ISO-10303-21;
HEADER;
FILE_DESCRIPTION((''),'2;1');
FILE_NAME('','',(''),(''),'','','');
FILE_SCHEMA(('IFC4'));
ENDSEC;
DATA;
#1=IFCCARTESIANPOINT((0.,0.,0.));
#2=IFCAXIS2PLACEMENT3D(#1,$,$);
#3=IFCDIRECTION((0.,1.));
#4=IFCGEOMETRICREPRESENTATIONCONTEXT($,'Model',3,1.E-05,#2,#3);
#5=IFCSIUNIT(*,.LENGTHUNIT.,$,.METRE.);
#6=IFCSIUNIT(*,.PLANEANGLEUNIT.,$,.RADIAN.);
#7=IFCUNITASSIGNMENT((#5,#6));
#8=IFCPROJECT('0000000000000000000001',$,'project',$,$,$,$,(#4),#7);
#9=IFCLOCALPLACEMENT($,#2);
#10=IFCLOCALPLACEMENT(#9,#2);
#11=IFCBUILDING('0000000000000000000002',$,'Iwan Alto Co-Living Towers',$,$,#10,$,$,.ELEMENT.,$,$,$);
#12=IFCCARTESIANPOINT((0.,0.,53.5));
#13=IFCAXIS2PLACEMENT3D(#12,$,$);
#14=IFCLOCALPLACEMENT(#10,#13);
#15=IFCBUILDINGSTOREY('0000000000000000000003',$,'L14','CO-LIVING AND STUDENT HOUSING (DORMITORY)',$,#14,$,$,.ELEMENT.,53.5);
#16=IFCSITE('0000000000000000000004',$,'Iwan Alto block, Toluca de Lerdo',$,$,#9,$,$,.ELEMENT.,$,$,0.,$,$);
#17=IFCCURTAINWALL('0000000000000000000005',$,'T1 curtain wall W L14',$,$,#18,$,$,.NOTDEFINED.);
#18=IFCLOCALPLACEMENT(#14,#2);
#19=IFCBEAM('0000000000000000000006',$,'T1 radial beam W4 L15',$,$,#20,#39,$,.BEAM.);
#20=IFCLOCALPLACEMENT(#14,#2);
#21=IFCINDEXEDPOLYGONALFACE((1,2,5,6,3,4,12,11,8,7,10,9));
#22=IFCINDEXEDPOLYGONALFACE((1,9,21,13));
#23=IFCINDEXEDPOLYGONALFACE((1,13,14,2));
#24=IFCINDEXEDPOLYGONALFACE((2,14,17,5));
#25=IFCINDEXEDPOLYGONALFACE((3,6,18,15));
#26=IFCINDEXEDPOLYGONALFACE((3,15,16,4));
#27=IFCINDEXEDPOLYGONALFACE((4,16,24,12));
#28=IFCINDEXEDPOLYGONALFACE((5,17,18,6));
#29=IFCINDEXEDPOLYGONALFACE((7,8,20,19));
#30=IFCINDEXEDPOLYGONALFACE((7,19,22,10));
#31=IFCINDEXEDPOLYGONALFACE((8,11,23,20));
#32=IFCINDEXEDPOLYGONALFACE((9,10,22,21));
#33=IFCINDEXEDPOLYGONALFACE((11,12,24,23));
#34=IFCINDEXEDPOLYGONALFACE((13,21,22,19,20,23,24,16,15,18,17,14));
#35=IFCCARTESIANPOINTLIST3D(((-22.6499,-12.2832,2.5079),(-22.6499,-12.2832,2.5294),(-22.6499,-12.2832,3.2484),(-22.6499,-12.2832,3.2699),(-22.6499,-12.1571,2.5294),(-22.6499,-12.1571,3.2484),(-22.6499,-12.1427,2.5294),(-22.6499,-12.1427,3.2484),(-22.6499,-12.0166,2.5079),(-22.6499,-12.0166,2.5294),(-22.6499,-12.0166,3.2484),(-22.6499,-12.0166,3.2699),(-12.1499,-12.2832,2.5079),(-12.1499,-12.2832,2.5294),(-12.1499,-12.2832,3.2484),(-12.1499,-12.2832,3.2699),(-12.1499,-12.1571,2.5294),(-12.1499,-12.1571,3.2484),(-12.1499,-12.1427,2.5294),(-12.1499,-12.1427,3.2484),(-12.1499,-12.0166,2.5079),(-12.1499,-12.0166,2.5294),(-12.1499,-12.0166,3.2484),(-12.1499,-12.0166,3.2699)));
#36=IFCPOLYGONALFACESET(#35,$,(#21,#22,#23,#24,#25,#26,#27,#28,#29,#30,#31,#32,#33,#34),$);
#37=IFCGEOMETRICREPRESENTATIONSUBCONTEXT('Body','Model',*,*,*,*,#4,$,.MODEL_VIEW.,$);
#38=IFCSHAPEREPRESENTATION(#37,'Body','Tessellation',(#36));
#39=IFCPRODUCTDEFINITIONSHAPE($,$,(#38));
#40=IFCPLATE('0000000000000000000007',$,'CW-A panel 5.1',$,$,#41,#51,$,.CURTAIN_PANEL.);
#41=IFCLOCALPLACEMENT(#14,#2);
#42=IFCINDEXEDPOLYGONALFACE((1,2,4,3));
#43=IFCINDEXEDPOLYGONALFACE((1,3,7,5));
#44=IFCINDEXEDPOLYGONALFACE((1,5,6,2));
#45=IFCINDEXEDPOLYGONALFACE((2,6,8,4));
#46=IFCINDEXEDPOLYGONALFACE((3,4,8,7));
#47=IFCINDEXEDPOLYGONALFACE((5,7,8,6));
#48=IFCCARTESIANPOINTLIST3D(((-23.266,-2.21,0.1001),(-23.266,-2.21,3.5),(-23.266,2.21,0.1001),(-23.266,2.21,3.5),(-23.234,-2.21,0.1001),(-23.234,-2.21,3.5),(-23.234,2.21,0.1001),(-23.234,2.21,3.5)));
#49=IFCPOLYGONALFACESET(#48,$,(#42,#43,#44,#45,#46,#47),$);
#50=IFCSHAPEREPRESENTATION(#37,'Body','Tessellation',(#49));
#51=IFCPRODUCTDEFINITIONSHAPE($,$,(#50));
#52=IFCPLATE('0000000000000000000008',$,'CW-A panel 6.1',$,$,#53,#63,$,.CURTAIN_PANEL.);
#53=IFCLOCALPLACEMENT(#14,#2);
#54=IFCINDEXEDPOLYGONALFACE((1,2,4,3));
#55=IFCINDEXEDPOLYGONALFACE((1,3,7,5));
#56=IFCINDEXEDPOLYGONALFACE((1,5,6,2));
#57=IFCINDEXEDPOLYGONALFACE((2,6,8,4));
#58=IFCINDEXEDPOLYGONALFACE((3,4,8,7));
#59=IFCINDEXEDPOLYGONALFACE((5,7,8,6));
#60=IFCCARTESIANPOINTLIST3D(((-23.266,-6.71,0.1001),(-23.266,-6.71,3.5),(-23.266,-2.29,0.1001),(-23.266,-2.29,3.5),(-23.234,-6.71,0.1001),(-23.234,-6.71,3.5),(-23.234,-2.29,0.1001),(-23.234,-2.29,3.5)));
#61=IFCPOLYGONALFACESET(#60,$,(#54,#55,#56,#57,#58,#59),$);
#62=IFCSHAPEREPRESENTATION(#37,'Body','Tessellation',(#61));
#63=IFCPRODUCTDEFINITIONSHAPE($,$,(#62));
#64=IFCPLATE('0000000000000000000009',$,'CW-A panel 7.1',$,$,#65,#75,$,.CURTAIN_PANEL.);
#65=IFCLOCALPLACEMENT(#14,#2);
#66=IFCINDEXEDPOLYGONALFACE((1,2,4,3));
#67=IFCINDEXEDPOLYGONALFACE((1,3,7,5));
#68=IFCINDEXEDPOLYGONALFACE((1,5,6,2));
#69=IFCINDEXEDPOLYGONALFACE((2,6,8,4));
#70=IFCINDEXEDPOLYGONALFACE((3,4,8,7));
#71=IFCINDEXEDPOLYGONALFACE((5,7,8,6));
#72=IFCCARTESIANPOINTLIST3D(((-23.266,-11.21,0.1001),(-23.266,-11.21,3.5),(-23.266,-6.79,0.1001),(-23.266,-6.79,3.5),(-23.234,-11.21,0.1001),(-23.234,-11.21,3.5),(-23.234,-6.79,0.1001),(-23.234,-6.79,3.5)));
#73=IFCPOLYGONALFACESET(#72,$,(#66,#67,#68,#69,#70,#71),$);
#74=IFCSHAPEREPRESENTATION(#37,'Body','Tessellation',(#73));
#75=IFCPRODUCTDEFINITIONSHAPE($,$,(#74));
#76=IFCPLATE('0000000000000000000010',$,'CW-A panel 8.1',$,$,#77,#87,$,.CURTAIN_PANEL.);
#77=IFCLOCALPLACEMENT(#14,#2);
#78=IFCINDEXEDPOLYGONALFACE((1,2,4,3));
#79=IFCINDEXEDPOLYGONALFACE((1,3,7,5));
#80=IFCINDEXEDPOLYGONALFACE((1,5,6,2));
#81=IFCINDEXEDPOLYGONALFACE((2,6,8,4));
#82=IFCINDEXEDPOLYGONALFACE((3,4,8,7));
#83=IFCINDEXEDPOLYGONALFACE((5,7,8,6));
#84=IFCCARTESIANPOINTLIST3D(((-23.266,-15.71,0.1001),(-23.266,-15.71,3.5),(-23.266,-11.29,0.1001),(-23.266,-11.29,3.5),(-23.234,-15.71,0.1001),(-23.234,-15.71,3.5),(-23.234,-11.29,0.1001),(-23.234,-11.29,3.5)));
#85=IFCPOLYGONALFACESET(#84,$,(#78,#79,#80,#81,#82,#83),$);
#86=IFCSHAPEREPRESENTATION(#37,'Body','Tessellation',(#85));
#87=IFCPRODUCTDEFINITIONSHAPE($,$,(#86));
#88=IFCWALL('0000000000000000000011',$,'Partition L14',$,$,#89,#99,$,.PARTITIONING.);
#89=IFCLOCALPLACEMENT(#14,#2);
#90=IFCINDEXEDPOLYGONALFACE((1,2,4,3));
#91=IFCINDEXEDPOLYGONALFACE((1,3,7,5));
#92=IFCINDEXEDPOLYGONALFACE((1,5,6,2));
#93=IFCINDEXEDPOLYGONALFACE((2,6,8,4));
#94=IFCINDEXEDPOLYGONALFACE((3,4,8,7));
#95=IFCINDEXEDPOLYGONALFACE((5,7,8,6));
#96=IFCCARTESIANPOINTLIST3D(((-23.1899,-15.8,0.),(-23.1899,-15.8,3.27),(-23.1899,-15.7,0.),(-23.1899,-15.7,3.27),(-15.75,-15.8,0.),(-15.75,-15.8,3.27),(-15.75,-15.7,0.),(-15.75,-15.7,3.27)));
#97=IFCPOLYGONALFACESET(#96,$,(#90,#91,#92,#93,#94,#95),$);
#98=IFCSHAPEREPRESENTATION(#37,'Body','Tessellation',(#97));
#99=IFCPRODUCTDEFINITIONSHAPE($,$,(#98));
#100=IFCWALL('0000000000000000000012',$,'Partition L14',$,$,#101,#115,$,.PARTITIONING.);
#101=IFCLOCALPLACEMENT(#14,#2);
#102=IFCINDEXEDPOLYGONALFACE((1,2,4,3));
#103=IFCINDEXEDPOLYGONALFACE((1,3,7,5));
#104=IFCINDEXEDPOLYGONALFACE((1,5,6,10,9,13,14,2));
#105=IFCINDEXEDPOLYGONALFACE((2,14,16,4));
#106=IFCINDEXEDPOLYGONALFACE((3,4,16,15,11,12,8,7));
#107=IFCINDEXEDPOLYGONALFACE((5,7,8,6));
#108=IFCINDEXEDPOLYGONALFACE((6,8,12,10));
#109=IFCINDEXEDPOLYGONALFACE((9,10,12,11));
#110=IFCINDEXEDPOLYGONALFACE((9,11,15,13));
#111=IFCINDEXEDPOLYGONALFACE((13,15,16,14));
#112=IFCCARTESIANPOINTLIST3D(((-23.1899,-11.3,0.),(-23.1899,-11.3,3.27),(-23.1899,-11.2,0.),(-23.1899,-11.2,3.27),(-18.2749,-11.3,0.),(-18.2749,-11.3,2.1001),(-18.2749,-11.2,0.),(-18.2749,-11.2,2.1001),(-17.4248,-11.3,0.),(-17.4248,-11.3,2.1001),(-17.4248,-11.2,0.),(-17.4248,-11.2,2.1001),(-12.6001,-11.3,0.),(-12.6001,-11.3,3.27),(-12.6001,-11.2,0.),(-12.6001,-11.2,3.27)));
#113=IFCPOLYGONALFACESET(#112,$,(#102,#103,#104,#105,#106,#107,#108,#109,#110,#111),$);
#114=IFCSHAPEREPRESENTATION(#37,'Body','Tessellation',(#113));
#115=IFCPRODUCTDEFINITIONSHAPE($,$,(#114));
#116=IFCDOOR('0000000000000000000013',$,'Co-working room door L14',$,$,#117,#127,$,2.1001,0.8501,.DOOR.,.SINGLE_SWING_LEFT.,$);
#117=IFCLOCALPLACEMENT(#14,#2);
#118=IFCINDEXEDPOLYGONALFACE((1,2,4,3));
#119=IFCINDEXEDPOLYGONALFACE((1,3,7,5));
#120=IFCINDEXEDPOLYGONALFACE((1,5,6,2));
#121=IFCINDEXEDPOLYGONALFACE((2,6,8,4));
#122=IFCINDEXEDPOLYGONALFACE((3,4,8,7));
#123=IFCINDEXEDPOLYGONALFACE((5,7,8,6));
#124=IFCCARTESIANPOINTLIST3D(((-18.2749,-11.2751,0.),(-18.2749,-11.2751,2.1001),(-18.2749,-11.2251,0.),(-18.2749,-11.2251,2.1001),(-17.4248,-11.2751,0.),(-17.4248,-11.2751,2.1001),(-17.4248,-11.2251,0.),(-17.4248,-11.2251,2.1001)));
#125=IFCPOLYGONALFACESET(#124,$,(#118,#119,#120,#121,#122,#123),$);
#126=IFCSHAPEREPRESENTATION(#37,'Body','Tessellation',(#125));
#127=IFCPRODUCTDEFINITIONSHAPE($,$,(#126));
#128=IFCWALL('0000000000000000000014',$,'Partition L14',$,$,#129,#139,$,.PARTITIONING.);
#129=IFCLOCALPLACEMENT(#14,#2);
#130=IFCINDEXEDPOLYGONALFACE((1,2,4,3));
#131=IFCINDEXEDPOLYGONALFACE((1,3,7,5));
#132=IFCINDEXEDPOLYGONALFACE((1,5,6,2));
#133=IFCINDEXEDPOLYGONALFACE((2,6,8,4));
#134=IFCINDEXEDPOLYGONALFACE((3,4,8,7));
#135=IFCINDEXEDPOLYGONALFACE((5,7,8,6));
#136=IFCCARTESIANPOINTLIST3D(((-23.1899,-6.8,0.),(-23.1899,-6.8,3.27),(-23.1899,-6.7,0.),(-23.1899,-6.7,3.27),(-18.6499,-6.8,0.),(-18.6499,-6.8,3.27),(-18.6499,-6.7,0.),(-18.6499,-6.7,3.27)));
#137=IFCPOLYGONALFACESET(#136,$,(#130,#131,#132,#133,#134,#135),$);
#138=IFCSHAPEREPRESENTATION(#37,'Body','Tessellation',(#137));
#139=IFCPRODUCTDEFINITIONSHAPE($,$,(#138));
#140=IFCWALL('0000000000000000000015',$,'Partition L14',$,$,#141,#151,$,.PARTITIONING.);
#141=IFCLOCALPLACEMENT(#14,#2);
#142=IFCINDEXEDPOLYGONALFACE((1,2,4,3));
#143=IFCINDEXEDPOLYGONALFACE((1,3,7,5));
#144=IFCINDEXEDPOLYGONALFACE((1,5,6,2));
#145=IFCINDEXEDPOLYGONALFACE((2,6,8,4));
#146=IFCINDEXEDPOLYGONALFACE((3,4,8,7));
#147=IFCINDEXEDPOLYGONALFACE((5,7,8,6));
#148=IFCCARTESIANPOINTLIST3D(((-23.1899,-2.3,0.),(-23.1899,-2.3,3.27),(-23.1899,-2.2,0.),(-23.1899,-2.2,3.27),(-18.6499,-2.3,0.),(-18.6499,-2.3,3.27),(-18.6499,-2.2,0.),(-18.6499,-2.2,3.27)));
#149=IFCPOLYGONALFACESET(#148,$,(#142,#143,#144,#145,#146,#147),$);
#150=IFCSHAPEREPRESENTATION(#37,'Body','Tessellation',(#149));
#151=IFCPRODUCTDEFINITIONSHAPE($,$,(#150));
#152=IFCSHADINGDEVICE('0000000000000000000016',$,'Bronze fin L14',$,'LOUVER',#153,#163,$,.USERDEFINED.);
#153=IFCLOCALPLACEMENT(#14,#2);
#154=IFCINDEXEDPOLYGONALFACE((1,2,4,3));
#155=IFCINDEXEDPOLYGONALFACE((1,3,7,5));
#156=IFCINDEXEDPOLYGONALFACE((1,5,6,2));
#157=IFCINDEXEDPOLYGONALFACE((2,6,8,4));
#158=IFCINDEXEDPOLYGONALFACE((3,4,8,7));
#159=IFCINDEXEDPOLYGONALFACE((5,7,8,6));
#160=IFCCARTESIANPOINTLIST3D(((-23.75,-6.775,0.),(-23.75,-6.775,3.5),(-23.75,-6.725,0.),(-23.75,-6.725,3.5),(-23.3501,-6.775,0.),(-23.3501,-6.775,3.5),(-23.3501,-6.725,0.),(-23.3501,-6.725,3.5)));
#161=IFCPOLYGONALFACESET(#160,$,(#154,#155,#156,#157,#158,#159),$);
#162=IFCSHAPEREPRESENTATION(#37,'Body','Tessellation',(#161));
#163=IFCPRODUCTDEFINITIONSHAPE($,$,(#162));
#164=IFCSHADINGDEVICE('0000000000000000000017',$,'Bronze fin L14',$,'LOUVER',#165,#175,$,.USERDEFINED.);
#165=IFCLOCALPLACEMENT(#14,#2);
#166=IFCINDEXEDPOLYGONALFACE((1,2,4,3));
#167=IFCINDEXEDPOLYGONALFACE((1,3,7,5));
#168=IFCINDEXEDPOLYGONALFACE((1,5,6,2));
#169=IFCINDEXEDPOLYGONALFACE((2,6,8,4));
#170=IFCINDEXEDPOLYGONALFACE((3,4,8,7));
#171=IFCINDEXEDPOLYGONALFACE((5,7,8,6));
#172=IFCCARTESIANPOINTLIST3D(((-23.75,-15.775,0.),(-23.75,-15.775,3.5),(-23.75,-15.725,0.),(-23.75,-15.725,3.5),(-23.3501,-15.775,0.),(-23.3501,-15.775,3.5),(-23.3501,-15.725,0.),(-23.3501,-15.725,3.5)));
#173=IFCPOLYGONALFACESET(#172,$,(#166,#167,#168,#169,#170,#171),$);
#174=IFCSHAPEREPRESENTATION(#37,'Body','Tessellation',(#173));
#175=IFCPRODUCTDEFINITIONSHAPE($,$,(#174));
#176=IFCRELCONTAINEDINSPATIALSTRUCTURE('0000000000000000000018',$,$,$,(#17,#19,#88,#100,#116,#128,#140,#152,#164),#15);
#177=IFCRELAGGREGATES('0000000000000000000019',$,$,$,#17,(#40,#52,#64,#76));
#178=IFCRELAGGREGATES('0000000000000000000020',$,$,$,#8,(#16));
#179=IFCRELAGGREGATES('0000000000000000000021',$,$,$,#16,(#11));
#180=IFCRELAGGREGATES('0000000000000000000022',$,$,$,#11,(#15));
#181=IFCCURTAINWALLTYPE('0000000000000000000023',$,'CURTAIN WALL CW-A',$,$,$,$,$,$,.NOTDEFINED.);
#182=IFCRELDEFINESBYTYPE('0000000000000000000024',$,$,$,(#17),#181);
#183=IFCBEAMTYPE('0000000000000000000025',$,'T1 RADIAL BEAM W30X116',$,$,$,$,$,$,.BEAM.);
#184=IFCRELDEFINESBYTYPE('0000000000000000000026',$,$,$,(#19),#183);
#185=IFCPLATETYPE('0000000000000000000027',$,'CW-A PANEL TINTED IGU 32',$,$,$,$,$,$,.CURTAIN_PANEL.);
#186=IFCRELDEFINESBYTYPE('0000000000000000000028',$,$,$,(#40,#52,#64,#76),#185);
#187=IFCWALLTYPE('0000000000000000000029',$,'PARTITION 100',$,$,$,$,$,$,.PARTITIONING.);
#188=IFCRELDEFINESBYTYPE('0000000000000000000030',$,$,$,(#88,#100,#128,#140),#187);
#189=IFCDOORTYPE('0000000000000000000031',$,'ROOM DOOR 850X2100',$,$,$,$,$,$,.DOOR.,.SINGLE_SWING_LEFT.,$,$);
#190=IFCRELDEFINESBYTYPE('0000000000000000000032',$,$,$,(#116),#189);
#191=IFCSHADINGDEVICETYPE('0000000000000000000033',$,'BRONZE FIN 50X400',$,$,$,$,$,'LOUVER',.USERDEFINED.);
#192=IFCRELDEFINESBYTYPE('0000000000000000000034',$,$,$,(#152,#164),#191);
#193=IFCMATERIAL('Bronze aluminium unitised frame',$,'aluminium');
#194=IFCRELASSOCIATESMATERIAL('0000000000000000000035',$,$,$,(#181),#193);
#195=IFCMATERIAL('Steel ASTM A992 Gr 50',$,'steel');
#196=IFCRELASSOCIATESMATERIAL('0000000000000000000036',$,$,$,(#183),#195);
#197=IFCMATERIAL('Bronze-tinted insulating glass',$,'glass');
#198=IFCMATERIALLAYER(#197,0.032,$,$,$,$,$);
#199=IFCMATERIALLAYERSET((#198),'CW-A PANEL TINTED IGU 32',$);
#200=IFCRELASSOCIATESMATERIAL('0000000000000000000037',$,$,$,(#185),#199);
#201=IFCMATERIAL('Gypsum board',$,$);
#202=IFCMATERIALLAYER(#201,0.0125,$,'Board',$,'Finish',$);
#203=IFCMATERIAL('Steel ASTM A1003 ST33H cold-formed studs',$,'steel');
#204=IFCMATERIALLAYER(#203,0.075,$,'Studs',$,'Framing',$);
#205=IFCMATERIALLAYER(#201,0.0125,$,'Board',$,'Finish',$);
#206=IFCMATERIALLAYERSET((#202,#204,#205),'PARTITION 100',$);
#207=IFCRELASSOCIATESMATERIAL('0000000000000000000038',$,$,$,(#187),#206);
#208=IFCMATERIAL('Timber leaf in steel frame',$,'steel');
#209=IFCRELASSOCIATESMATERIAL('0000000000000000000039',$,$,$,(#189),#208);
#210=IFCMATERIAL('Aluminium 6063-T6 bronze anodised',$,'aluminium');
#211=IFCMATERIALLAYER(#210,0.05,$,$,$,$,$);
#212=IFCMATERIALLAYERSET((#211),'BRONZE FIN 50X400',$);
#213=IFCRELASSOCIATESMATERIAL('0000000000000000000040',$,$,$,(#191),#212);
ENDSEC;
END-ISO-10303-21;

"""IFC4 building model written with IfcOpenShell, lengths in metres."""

from ifc_helpers import new_model, si_unit, direction, frame, frame_2d, origin, origin_2d, place, context, subcontext, project, spatial, rectangle, i_section, extrude, material, layer, layer_set, material_profile, profile_set, type_object, element, fill, aggregate, save


model = new_model("IFC4")

# Units and contexts
model_context = context("Model", 3, precision=1e-05, world=origin(), true_north=direction((0.0, 1.0)))
body_context = subcontext(model_context, "Body", "Model", "MODEL_VIEW")
ifc_project = project(units=[si_unit("LENGTHUNIT", "METRE"), si_unit("PLANEANGLEUNIT", "RADIAN")], contexts=[model_context])

# Site, building, storey
site_placement = place(None, origin())
site = spatial("IfcSite", under=ifc_project, at=site_placement, Name="Iwan Alto block, Toluca de Lerdo", CompositionType="ELEMENT", RefElevation=0.0)
building_placement = place(site_placement, origin())
building = spatial("IfcBuilding", under=site, at=building_placement, Name="Iwan Alto Co-Living Towers", CompositionType="ELEMENT")
storey_placement = place(building_placement, frame((0.0, 0.0, 53.5)))
storey = spatial("IfcBuildingStorey", under=building, at=storey_placement, Name="L14", Description="CO-LIVING AND STUDENT HOUSING (DORMITORY)", CompositionType="ELEMENT", Elevation=53.5)

# Curtain wall
ifc_material_1 = material(Name="Bronze aluminium unitised frame", Category="aluminium")
curtain_wall_type = type_object("IfcCurtainWallType", Name="CURTAIN WALL CW-A", PredefinedType="NOTDEFINED", material=ifc_material_1)
curtain_wall_placement = place(storey_placement, origin())
curtain_wall = element("IfcCurtainWall", 1, at=curtain_wall_placement, inside=storey, type_object=curtain_wall_type, Name="T1 curtain wall W L14", PredefinedType="NOTDEFINED")

# Beam
ifc_material_2 = material(Name="Steel ASTM A992 Gr 50", Category="steel")
ifc_material_profile_1 = material_profile(ifc_material_2, i_section(OverallWidth=0.2666, OverallDepth=0.762, WebThickness=0.0144, FlangeThickness=0.0215, at=origin_2d()), Name="W30X116")
ifc_profile_set_1 = profile_set([ifc_material_profile_1], Name="Steel ASTM A992 Gr 50")
beam_type_1 = type_object("IfcBeamType", Name="T1 RADIAL BEAM W30X116", PredefinedType="BEAM", material=ifc_profile_set_1)
beam_1_placement = place(storey_placement, frame((-22.6499, -12.1499, 2.8889), z_axis=(1.0, 0.0, 0.0), x_axis=(0.0, 1.0, 0.0)))
element("IfcBeam", 2, at=beam_1_placement, inside=storey, type_object=beam_type_1, Name="T1 radial beam W4 L15", PredefinedType="BEAM", context=body_context, shape_type="SweptSolid", body=[
    extrude(i_section(OverallWidth=0.2666, OverallDepth=0.762, WebThickness=0.0144, FlangeThickness=0.0215, at=origin_2d()), origin(), (0.0, 0.0, 1.0), 10.5),
])

# Plates
ifc_material_3 = material(Name="Bronze-tinted insulating glass", Category="glass")
ifc_layer_1 = layer(ifc_material_3, 0.032)
ifc_layer_set_1 = layer_set([ifc_layer_1], Name="CW-A PANEL TINTED IGU 32")
plate_type = type_object("IfcPlateType", Name="CW-A PANEL TINTED IGU 32", PredefinedType="CURTAIN_PANEL", material=ifc_layer_set_1)
plate_1_placement = place(storey_placement, frame((-23.25, 0.0, 0.1001), z_axis=(0.0, 0.0, 1.0), x_axis=(0.0, -1.0, 0.0)))
plate_1 = element("IfcPlate", 3, at=plate_1_placement, type_object=plate_type, Name="CW-A panel 5.1", PredefinedType="CURTAIN_PANEL", context=body_context, shape_type="SweptSolid", body=[
    extrude(rectangle(XDim=4.4199, YDim=0.032, at=origin_2d()), origin(), (0.0, 0.0, 1.0), 3.3999),
])
plate_2_placement = place(storey_placement, frame((-23.25, -4.5, 0.1001), z_axis=(0.0, 0.0, 1.0), x_axis=(0.0, -1.0, 0.0)))
plate_2 = element("IfcPlate", 4, at=plate_2_placement, type_object=plate_type, Name="CW-A panel 6.1", PredefinedType="CURTAIN_PANEL", context=body_context, shape_type="SweptSolid", body=[
    extrude(rectangle(XDim=4.4199, YDim=0.032, at=origin_2d()), origin(), (0.0, 0.0, 1.0), 3.3999),
])
plate_3_placement = place(storey_placement, frame((-23.25, -9.0, 0.1001), z_axis=(0.0, 0.0, 1.0), x_axis=(0.0, -1.0, 0.0)))
plate_3 = element("IfcPlate", 5, at=plate_3_placement, type_object=plate_type, Name="CW-A panel 7.1", PredefinedType="CURTAIN_PANEL", context=body_context, shape_type="SweptSolid", body=[
    extrude(rectangle(XDim=4.4199, YDim=0.032, at=origin_2d()), origin(), (0.0, 0.0, 1.0), 3.3999),
])
plate_4_placement = place(storey_placement, frame((-23.25, -13.5, 0.1001), z_axis=(0.0, 0.0, 1.0), x_axis=(0.0, -1.0, 0.0)))
plate_4 = element("IfcPlate", 6, at=plate_4_placement, type_object=plate_type, Name="CW-A panel 8.1", PredefinedType="CURTAIN_PANEL", context=body_context, shape_type="SweptSolid", body=[
    extrude(rectangle(XDim=4.4199, YDim=0.032, at=origin_2d()), origin(), (0.0, 0.0, 1.0), 3.3999),
])
aggregate(curtain_wall, [plate_1, plate_2, plate_3, plate_4])

# Wall
ifc_material_4 = material(Name="Gypsum board")
ifc_layer_2 = layer(ifc_material_4, 0.0125, Name="Board", Category="Finish")
ifc_material_5 = material(Name="Steel ASTM A1003 ST33H cold-formed studs", Category="steel")
ifc_layer_3 = layer(ifc_material_5, 0.075, Name="Studs", Category="Framing")
ifc_layer_4 = layer(ifc_material_4, 0.0125, Name="Board", Category="Finish")
ifc_layer_set_2 = layer_set([ifc_layer_2, ifc_layer_3, ifc_layer_4], Name="PARTITION 100")
wall_type = type_object("IfcWallType", Name="PARTITION 100", PredefinedType="PARTITIONING", material=ifc_layer_set_2)
wall_1_placement = place(storey_placement, frame((-23.1899, -15.75, 0.0), z_axis=(0.0, 0.0, 1.0), x_axis=(1.0, 0.0, 0.0)))
element("IfcWall", 7, at=wall_1_placement, inside=storey, type_object=wall_type, Name="Partition L14", PredefinedType="PARTITIONING", context=body_context, shape_type="SweptSolid", body=[
    extrude(rectangle(XDim=7.4399, YDim=0.1001, at=frame_2d((3.72, 0.0))), origin(), (0.0, 0.0, 1.0), 3.27),
])

# Wall, opening, door
wall_2_placement = place(storey_placement, frame((-23.1899, -11.25, 0.0), z_axis=(0.0, 0.0, 1.0), x_axis=(1.0, 0.0, 0.0)))
wall_2 = element("IfcWall", 8, at=wall_2_placement, inside=storey, type_object=wall_type, Name="Partition L14", PredefinedType="PARTITIONING", context=body_context, shape_type="SweptSolid", body=[
    extrude(rectangle(XDim=10.5898, YDim=0.1001, at=frame_2d((5.2949, 0.0))), origin(), (0.0, 0.0, 1.0), 3.27),
])
opening_placement = place(wall_2_placement, frame((4.915, 0.0, 0.0)))
opening = element("IfcOpeningElement", 9, at=opening_placement, cuts=wall_2, PredefinedType="OPENING", context=body_context, shape_type="SweptSolid", body=[
    extrude(rectangle(XDim=0.8501, YDim=2.1001, at=frame_2d((0.425, 1.05))), frame((0.0, 0.0601, 0.0), z_axis=(0.0, -1.0, 0.0), x_axis=(1.0, 0.0, 0.0)), (0.0, 0.0, 1.0), 0.1201),
])
ifc_material_6 = material(Name="Timber leaf in steel frame", Category="steel")
door_type = type_object("IfcDoorType", Name="ROOM DOOR 850X2100", OperationType="SINGLE_SWING_LEFT", PredefinedType="DOOR", material=ifc_material_6)
door_placement = place(opening_placement, origin())
door = element("IfcDoor", 10, at=door_placement, inside=storey, type_object=door_type, Name="Co-working room door L14", OperationType="SINGLE_SWING_LEFT", OverallHeight=2.1001, OverallWidth=0.8501, PredefinedType="DOOR", context=body_context, shape_type="SweptSolid", body=[
    extrude(rectangle(XDim=0.8501, YDim=2.1001, at=frame_2d((0.425, 1.05))), frame((0.0, 0.0249, 0.0), z_axis=(0.0, -1.0, 0.0), x_axis=(1.0, 0.0, 0.0)), (0.0, 0.0, 1.0), 0.05),
])
fill(opening, door)

# Walls
for number, where, z_axis, x_axis, name in (
    (11, (-23.1899, -6.75, 0.0), (0.0, 0.0, 1.0), (1.0, 0.0, 0.0), "Partition L14"),
    (12, (-23.1899, -2.25, 0.0), (0.0, 0.0, 1.0), (1.0, 0.0, 0.0), "Partition L14"),
):
    element("IfcWall", number, at=place(storey_placement, frame(where, z_axis=z_axis, x_axis=x_axis)), inside=storey, type_object=wall_type, Name=name, PredefinedType="PARTITIONING", context=body_context, shape_type="SweptSolid", body=[
        extrude(rectangle(XDim=4.54, YDim=0.1001, at=frame_2d((2.27, 0.0))), origin(), (0.0, 0.0, 1.0), 3.27),
    ])

# Shading devices
ifc_material_7 = material(Name="Aluminium 6063-T6 bronze anodised", Category="aluminium")
ifc_layer_5 = layer(ifc_material_7, 0.05)
ifc_layer_set_3 = layer_set([ifc_layer_5], Name="BRONZE FIN 50X400")
shading_device_type = type_object("IfcShadingDeviceType", Name="BRONZE FIN 50X400", ElementType="LOUVER", PredefinedType="USERDEFINED", material=ifc_layer_set_3)
for number, where, z_axis, x_axis, name in (
    (13, (-23.55, -6.75, 0.0), (0.0, 0.0, 1.0), (0.0, -1.0, 0.0), "Bronze fin L14"),
    (14, (-23.55, -15.75, 0.0), (0.0, 0.0, 1.0), (0.0, -1.0, 0.0), "Bronze fin L14"),
):
    element("IfcShadingDevice", number, at=place(storey_placement, frame(where, z_axis=z_axis, x_axis=x_axis)), inside=storey, type_object=shading_device_type, Name=name, ObjectType="LOUVER", PredefinedType="USERDEFINED", context=body_context, shape_type="SweptSolid", body=[
        extrude(rectangle(XDim=0.05, YDim=0.3999, at=origin_2d()), origin(), (0.0, 0.0, 1.0), 3.5),
    ])

save(model, "model.ifc")
